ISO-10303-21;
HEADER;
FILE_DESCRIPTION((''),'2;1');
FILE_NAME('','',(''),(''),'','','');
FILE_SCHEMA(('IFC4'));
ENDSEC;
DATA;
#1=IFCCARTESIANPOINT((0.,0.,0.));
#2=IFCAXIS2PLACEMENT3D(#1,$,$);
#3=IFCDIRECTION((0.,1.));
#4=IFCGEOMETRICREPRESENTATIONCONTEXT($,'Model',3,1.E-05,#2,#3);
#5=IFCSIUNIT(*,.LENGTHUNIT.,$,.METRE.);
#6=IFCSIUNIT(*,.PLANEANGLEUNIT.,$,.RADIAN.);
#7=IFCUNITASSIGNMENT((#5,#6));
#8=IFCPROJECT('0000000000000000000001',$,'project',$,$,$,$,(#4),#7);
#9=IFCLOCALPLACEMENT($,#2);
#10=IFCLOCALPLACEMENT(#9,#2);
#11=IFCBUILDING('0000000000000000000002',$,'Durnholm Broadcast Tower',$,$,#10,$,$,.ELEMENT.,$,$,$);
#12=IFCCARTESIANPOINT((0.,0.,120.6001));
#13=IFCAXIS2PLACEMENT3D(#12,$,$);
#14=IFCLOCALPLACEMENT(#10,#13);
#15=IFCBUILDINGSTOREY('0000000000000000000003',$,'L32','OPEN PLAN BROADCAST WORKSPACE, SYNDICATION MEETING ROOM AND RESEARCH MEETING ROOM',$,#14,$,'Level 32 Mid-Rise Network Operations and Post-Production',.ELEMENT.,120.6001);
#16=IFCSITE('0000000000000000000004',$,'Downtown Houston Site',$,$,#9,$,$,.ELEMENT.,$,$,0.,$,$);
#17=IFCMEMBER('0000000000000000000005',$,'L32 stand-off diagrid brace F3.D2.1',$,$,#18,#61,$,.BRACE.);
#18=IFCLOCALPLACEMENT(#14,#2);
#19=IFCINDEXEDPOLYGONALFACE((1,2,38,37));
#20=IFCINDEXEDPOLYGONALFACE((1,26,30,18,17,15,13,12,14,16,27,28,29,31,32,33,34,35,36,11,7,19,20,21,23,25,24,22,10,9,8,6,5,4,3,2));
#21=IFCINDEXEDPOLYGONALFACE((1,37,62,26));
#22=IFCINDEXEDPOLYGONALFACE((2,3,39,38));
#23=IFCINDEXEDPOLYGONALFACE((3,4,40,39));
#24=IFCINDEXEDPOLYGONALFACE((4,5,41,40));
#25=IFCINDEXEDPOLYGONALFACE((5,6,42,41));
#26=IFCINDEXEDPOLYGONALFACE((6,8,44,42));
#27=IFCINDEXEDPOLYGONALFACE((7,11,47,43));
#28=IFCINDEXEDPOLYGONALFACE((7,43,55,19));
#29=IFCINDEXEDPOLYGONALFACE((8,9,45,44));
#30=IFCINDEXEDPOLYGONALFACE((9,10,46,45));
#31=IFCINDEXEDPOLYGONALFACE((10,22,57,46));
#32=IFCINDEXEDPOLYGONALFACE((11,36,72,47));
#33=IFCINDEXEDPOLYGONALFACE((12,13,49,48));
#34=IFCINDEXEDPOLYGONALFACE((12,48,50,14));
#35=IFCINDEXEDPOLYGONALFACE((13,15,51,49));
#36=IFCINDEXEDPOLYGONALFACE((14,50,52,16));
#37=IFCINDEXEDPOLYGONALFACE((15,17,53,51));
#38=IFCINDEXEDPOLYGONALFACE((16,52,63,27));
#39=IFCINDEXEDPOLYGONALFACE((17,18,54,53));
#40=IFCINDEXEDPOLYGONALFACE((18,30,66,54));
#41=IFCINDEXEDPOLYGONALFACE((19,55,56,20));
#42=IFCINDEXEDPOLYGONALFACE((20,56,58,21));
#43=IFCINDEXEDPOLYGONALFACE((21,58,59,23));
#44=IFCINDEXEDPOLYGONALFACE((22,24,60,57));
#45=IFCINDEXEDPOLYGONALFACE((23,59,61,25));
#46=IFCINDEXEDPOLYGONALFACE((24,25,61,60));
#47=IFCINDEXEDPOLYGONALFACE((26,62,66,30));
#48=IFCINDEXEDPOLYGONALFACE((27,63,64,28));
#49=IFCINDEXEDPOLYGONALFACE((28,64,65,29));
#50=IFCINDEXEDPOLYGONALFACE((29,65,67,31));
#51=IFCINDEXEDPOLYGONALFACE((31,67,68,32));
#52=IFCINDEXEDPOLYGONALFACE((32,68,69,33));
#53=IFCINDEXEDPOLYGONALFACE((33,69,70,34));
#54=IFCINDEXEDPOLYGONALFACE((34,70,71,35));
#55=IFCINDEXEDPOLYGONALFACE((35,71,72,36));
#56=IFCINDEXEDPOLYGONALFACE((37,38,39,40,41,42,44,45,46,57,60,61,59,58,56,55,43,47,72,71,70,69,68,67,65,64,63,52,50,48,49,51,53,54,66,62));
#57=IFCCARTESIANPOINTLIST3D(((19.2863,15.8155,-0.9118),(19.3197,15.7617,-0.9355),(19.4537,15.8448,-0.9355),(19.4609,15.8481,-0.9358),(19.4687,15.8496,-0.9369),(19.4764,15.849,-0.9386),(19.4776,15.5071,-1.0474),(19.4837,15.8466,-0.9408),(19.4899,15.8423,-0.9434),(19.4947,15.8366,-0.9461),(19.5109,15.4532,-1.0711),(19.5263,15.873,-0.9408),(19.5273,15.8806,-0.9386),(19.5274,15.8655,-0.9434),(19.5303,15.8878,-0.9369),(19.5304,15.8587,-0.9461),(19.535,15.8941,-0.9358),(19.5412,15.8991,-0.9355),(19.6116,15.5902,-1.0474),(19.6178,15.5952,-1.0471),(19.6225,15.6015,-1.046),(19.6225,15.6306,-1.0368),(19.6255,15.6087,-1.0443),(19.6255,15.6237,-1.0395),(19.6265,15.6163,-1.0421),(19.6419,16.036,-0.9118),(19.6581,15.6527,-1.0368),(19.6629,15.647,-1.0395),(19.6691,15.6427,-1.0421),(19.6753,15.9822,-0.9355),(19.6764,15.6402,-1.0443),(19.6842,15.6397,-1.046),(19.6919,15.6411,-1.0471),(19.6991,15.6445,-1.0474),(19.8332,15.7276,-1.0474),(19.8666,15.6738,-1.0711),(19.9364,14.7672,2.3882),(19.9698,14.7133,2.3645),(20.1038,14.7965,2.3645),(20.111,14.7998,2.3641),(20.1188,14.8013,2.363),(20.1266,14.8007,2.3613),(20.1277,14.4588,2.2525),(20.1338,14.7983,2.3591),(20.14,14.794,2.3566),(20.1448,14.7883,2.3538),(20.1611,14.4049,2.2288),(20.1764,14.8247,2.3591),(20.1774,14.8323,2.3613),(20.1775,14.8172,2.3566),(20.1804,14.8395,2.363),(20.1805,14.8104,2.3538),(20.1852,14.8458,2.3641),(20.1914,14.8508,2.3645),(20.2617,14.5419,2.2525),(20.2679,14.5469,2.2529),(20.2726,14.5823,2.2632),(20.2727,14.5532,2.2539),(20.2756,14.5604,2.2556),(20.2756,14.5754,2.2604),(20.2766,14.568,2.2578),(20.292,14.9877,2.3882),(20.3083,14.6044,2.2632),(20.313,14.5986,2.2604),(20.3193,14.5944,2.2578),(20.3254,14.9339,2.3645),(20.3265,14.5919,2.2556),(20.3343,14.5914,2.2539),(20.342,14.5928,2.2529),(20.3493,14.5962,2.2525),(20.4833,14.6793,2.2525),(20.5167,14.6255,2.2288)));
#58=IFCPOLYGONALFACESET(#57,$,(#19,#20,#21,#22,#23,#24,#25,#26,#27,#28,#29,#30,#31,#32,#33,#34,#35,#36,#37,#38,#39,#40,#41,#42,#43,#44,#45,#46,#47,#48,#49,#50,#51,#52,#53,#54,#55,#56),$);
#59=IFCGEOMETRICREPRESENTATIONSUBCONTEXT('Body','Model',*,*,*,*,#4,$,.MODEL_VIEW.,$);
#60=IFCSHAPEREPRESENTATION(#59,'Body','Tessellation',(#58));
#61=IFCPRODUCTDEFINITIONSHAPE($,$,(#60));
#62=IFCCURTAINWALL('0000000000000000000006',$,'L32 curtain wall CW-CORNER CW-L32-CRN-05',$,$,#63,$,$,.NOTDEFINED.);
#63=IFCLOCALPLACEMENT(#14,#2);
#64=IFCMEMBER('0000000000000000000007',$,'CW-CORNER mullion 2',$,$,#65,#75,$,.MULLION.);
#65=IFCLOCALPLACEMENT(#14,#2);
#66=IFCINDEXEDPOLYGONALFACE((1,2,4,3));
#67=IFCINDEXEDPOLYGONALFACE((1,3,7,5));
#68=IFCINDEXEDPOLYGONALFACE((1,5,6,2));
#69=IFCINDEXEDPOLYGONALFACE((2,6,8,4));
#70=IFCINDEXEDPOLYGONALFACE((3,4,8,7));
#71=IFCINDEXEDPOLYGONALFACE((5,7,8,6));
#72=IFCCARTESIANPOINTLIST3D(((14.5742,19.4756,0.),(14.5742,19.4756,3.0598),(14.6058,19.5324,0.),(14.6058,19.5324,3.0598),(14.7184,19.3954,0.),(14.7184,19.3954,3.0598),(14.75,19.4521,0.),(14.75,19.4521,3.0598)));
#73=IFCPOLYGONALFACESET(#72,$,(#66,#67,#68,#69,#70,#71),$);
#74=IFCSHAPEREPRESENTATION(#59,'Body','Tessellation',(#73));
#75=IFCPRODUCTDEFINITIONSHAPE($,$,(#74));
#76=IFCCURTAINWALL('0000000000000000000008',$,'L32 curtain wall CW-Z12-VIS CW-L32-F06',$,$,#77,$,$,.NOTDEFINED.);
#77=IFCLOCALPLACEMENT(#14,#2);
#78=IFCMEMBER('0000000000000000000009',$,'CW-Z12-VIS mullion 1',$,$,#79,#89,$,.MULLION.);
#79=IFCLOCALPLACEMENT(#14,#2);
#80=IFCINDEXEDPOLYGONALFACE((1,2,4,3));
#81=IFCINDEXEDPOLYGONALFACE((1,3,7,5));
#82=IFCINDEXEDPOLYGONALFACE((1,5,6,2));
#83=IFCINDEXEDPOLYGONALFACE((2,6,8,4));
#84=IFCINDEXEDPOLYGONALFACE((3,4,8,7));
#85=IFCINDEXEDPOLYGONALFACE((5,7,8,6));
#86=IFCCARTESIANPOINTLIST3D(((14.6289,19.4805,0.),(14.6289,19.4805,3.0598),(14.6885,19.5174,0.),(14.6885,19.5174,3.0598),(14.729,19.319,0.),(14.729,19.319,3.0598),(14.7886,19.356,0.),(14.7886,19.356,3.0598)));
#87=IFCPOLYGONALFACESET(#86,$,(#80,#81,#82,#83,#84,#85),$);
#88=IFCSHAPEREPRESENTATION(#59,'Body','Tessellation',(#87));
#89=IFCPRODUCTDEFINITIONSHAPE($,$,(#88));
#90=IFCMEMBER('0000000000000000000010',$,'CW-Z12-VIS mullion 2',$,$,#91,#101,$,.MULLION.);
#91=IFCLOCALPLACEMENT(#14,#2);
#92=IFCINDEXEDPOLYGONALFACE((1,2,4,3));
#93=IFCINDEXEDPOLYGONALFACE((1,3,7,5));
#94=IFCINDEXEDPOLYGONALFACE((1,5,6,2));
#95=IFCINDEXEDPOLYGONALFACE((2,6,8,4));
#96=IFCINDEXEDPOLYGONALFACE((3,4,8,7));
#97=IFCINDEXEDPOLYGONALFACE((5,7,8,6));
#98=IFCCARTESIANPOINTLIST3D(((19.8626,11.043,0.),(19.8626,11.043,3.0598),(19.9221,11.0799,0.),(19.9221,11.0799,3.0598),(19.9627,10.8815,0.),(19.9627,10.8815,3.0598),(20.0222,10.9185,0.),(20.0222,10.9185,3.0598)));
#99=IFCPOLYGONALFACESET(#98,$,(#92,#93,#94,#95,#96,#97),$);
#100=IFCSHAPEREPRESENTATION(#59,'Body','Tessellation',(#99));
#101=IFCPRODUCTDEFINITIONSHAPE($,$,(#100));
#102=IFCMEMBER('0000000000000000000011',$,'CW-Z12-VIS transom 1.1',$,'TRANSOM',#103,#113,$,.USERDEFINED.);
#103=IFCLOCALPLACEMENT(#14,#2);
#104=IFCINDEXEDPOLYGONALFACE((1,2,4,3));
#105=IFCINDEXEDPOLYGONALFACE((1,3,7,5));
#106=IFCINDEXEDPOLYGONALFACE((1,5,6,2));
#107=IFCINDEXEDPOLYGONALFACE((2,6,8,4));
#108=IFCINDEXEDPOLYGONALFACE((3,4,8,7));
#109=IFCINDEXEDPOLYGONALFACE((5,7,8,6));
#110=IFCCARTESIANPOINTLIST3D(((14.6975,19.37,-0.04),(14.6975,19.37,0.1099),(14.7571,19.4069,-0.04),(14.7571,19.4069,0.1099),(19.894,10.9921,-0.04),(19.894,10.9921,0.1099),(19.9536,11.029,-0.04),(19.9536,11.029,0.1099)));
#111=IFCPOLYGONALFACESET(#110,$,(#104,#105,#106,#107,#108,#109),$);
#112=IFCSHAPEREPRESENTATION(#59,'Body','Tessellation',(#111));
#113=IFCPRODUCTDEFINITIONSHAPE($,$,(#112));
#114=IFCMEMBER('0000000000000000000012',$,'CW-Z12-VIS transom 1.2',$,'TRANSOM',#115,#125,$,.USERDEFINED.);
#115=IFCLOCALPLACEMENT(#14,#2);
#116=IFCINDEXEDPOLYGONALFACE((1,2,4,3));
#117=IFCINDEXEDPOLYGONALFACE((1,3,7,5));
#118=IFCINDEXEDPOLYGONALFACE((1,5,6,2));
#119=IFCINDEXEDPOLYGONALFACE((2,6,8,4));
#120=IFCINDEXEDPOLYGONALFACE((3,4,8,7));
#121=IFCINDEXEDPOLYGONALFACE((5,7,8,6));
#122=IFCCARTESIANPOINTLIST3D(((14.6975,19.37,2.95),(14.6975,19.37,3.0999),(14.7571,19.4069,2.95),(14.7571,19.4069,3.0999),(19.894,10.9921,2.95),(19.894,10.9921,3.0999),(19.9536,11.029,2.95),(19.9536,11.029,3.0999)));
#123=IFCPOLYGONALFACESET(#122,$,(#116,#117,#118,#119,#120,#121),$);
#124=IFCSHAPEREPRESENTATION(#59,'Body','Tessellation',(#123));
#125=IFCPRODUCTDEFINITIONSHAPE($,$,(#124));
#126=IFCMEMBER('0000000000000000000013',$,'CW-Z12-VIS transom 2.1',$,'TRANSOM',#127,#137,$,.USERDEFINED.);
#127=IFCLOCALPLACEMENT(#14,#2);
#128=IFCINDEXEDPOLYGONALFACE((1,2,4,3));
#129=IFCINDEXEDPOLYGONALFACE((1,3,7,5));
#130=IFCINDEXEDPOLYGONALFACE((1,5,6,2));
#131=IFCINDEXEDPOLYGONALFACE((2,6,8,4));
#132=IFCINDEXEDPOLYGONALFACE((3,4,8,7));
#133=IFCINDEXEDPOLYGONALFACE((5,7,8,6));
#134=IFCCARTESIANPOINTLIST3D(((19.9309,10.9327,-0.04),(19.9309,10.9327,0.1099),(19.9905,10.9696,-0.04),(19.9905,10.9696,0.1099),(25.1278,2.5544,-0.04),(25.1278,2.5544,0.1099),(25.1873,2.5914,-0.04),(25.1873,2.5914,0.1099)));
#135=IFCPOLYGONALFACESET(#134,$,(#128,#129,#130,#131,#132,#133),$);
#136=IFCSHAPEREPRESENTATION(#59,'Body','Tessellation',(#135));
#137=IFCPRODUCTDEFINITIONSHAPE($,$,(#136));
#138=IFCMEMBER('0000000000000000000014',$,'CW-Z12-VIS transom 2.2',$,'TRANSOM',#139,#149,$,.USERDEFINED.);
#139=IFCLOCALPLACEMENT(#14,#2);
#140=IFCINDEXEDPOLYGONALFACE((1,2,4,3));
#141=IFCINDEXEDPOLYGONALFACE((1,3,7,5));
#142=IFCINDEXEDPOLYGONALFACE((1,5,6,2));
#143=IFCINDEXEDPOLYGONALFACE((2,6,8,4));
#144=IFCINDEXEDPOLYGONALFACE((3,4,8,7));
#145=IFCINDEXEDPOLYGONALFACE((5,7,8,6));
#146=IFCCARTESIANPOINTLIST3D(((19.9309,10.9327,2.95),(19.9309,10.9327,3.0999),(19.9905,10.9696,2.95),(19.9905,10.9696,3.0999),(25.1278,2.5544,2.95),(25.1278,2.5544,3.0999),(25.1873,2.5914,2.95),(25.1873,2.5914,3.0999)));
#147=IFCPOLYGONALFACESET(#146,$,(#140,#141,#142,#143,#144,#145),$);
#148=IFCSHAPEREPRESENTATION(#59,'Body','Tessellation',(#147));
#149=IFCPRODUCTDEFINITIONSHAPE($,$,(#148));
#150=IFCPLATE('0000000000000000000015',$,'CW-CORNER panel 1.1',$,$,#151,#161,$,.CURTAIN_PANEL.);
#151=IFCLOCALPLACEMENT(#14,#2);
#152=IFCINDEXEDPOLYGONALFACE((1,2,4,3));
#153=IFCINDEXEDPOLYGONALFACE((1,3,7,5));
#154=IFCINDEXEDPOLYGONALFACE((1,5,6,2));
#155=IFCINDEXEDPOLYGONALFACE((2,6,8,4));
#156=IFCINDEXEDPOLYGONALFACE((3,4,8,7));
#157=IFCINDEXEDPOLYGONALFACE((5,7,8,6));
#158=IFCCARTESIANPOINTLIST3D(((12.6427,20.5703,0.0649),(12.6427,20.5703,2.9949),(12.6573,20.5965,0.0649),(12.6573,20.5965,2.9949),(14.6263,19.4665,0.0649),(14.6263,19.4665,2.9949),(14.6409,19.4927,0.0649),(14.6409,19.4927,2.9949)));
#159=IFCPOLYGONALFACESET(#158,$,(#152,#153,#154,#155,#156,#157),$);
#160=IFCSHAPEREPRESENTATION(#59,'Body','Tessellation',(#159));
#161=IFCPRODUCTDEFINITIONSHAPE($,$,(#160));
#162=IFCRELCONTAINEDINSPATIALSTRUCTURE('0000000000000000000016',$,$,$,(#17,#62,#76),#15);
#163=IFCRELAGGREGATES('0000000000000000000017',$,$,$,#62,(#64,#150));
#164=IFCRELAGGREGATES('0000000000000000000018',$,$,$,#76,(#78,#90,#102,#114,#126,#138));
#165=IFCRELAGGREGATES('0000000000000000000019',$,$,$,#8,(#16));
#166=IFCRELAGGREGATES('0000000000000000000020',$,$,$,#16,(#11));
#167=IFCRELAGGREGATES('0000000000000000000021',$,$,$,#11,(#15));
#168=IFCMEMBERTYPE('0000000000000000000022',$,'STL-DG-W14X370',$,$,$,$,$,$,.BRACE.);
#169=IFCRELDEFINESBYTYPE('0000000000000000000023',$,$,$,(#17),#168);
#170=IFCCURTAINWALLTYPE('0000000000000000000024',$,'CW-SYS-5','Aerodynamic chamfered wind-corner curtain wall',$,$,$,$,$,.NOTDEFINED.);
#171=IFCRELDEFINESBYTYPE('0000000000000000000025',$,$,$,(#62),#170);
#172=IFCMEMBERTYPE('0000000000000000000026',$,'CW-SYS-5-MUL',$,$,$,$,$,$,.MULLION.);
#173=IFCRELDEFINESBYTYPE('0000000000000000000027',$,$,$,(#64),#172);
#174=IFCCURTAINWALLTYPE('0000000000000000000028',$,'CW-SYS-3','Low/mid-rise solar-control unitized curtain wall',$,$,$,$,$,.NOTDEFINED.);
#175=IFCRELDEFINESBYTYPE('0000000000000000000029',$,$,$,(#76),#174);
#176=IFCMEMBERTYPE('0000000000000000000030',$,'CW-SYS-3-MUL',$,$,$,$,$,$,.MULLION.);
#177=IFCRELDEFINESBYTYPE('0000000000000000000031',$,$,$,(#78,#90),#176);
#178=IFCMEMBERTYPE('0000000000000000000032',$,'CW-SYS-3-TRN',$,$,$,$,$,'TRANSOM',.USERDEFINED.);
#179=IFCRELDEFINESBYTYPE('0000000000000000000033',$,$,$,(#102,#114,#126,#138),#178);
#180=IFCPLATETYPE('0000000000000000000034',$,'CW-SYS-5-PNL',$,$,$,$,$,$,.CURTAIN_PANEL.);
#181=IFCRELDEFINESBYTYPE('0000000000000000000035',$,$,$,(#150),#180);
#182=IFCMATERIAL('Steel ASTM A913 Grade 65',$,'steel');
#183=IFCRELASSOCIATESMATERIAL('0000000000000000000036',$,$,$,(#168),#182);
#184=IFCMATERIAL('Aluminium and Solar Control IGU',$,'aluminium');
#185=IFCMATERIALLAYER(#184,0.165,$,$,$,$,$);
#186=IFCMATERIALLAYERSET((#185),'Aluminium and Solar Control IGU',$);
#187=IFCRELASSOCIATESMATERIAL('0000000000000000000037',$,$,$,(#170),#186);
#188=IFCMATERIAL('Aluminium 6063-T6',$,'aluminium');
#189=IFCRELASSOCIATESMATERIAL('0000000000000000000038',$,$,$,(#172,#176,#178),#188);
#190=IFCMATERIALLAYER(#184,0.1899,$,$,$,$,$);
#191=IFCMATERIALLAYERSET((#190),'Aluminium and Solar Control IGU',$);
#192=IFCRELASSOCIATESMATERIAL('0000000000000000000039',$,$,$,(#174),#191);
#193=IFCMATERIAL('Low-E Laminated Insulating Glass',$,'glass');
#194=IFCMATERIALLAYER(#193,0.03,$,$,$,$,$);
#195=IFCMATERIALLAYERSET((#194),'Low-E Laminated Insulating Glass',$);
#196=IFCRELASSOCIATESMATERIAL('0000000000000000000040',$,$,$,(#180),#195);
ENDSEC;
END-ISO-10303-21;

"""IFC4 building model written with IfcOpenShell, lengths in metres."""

from ifc_helpers import new_model, si_unit, direction, frame, origin, origin_2d, place, context, subcontext, project, spatial, rectangle, i_section, extrude, source, transform, mapped, material, layer, layer_set, material_profile, profile_set, type_object, type_shapes, element, aggregate, save


model = new_model("IFC4")

# Units and contexts
model_context = context("Model", 3, precision=1e-05, world=origin(), true_north=direction((0.0, 1.0)))
body_context = subcontext(model_context, "Body", "Model", "MODEL_VIEW")
ifc_project = project(units=[si_unit("LENGTHUNIT", "METRE"), si_unit("PLANEANGLEUNIT", "RADIAN")], contexts=[model_context])

# Site, building, storey
site_placement = place(None, origin())
site = spatial("IfcSite", under=ifc_project, at=site_placement, Name="Downtown Houston Site", CompositionType="ELEMENT", RefElevation=0.0)
building_placement = place(site_placement, origin())
building = spatial("IfcBuilding", under=site, at=building_placement, Name="Durnholm Broadcast Tower", CompositionType="ELEMENT")
storey_placement = place(building_placement, frame((0.0, 0.0, 120.6001)))
storey = spatial("IfcBuildingStorey", under=building, at=storey_placement, Name="L32", Description="OPEN PLAN BROADCAST WORKSPACE, SYNDICATION MEETING ROOM AND RESEARCH MEETING ROOM", LongName="Level 32 Mid-Rise Network Operations and Post-Production", CompositionType="ELEMENT", Elevation=120.6001)

# Member
ifc_material_1 = material(Name="Steel ASTM A913 Grade 65", Category="steel")
ifc_material_profile_1 = material_profile(ifc_material_1, i_section(OverallWidth=0.4185, OverallDepth=0.4551, WebThickness=0.042, FlangeThickness=0.0676, FilletRadius=0.0305, at=origin_2d()), Name="W14X370")
ifc_profile_set_1 = profile_set([ifc_material_profile_1], Name="Steel ASTM A913 Grade 65")
member_type_1 = type_object("IfcMemberType", Name="STL-DG-W14X370", PredefinedType="BRACE", material=ifc_profile_set_1)
shared_shape_1 = source(origin(), body_context, "Body", "SweptSolid", [
    extrude(i_section(OverallWidth=0.4185, OverallDepth=0.4551, WebThickness=0.042, FlangeThickness=0.0676, FilletRadius=0.0305, at=origin_2d()), origin(), (0.0, 0.0, 1.0), 3.5229),
])
member_1_placement = place(storey_placement, frame((19.5764, 15.7446, -0.9915), z_axis=(0.18454, -0.297564, 0.936697), x_axis=(0.849839, 0.527043, 0.0)))
element("IfcMember", 1, at=member_1_placement, inside=storey, type_object=member_type_1, Name="L32 stand-off diagrid brace F3.D2.1", PredefinedType="BRACE", context=body_context, shape_type="MappedRepresentation", body=[
    mapped(shared_shape_1, transform((0.0, 0.0, 0.0), x_axis=(1.0, 0.0, 0.0), y_axis=(0.0, 1.0, 0.0), z_axis=(0.0, 0.0, 1.0), scale=1.0)),
])

# Curtain wall, member
ifc_material_2 = material(Name="Aluminium and Solar Control IGU", Category="aluminium")
ifc_layer_1 = layer(ifc_material_2, 0.165)
ifc_layer_set_1 = layer_set([ifc_layer_1], Name="Aluminium and Solar Control IGU")
curtain_wall_type_1 = type_object("IfcCurtainWallType", Name="CW-SYS-5", Description="Aerodynamic chamfered wind-corner curtain wall", PredefinedType="NOTDEFINED", material=ifc_layer_set_1)
curtain_wall_1_placement = place(storey_placement, origin())
curtain_wall_1 = element("IfcCurtainWall", 2, at=curtain_wall_1_placement, inside=storey, type_object=curtain_wall_type_1, Name="L32 curtain wall CW-CORNER CW-L32-CRN-05", PredefinedType="NOTDEFINED")
ifc_material_3 = material(Name="Aluminium 6063-T6", Category="aluminium")
ifc_material_profile_2 = material_profile(ifc_material_3, rectangle(XDim=0.0649, YDim=0.165, at=origin_2d()), Name="CWM65X165")
ifc_profile_set_2 = profile_set([ifc_material_profile_2], Name="Aluminium 6063-T6")
member_type_2 = type_object("IfcMemberType", Name="CW-SYS-5-MUL", PredefinedType="MULLION", material=ifc_profile_set_2)
shared_shape_2 = source(origin(), body_context, "Body", "SweptSolid", [
    extrude(rectangle(XDim=0.0649, YDim=0.165, at=origin_2d()), origin(), (0.0, 0.0, 1.0), 3.0598),
])
type_shapes(member_type_2, [shared_shape_2])
member_2_placement = place(storey_placement, frame((14.6621, 19.4639, 0.0), z_axis=(0.0, 0.0, 1.0), x_axis=(0.486244, 0.873823, 0.0)))
member_2 = element("IfcMember", 3, at=member_2_placement, type_object=member_type_2, Name="CW-CORNER mullion 2", PredefinedType="MULLION", context=body_context, shape_type="MappedRepresentation", body=[
    mapped(shared_shape_2, transform((0.0, 0.0, 0.0), x_axis=(1.0, 0.0, 0.0), y_axis=(0.0, 1.0, 0.0), z_axis=(0.0, 0.0, 1.0), scale=1.0)),
])

# Curtain wall, members
ifc_layer_2 = layer(ifc_material_2, 0.1899)
ifc_layer_set_2 = layer_set([ifc_layer_2], Name="Aluminium and Solar Control IGU")
curtain_wall_type_2 = type_object("IfcCurtainWallType", Name="CW-SYS-3", Description="Low/mid-rise solar-control unitized curtain wall", PredefinedType="NOTDEFINED", material=ifc_layer_set_2)
curtain_wall_2_placement = place(storey_placement, origin())
curtain_wall_2 = element("IfcCurtainWall", 4, at=curtain_wall_2_placement, inside=storey, type_object=curtain_wall_type_2, Name="L32 curtain wall CW-Z12-VIS CW-L32-F06", PredefinedType="NOTDEFINED")
ifc_material_profile_3 = material_profile(ifc_material_3, rectangle(XDim=0.0701, YDim=0.1899, at=origin_2d()), Name="CWM70X190")
ifc_profile_set_3 = profile_set([ifc_material_profile_3], Name="Aluminium 6063-T6")
member_type_3 = type_object("IfcMemberType", Name="CW-SYS-3-MUL", PredefinedType="MULLION", material=ifc_profile_set_3)
shared_shape_3 = source(origin(), body_context, "Body", "SweptSolid", [
    extrude(rectangle(XDim=0.0701, YDim=0.1899, at=origin_2d()), origin(), (0.0, 0.0, 1.0), 3.0598),
])
type_shapes(member_type_3, [shared_shape_3])
member_3_placement = place(storey_placement, frame((14.7087, 19.4182, 0.0), z_axis=(0.0, 0.0, 1.0), x_axis=(0.8498, 0.527105, 0.0)))
member_3 = element("IfcMember", 5, at=member_3_placement, type_object=member_type_3, Name="CW-Z12-VIS mullion 1", PredefinedType="MULLION", context=body_context, shape_type="MappedRepresentation", body=[
    mapped(shared_shape_3, transform((0.0, 0.0, 0.0), x_axis=(1.0, 0.0, 0.0), y_axis=(0.0, 1.0, 0.0), z_axis=(0.0, 0.0, 1.0), scale=1.0)),
])
member_4_placement = place(storey_placement, frame((19.9424, 10.9807, 0.0), z_axis=(0.0, 0.0, 1.0), x_axis=(0.8498, 0.527105, 0.0)))
member_4 = element("IfcMember", 6, at=member_4_placement, type_object=member_type_3, Name="CW-Z12-VIS mullion 2", PredefinedType="MULLION", context=body_context, shape_type="MappedRepresentation", body=[
    mapped(shared_shape_3, transform((0.0, 0.0, 0.0), x_axis=(1.0, 0.0, 0.0), y_axis=(0.0, 1.0, 0.0), z_axis=(0.0, 0.0, 1.0), scale=1.0)),
])
ifc_material_profile_4 = material_profile(ifc_material_3, rectangle(XDim=0.0701, YDim=0.1499, at=origin_2d()), Name="CWT70X150")
ifc_profile_set_4 = profile_set([ifc_material_profile_4], Name="Aluminium 6063-T6")
member_type_4 = type_object("IfcMemberType", Name="CW-SYS-3-TRN", ElementType="TRANSOM", PredefinedType="USERDEFINED", material=ifc_profile_set_4)
shared_shape_4 = source(origin(), body_context, "Body", "SweptSolid", [
    extrude(rectangle(XDim=0.0701, YDim=0.1499, at=origin_2d()), origin(), (0.0, 0.0, 1.0), 9.8586),
])
member_5_placement = place(storey_placement, frame((14.7273, 19.3884, 0.0349), z_axis=(0.527102, -0.849802, 0.0), x_axis=(0.849802, 0.527102, 0.0)))
member_5 = element("IfcMember", 7, at=member_5_placement, type_object=member_type_4, Name="CW-Z12-VIS transom 1.1", ObjectType="TRANSOM", PredefinedType="USERDEFINED", context=body_context, shape_type="MappedRepresentation", body=[
    mapped(shared_shape_4, transform((0.0, 0.0, 0.0), x_axis=(1.0, 0.0, 0.0), y_axis=(0.0, 1.0, 0.0), z_axis=(0.0, 0.0, 1.0), scale=1.0)),
])
member_6_placement = place(storey_placement, frame((14.7273, 19.3884, 3.0249), z_axis=(0.527102, -0.849802, 0.0), x_axis=(0.849802, 0.527102, 0.0)))
member_6 = element("IfcMember", 8, at=member_6_placement, type_object=member_type_4, Name="CW-Z12-VIS transom 1.2", ObjectType="TRANSOM", PredefinedType="USERDEFINED", context=body_context, shape_type="MappedRepresentation", body=[
    mapped(shared_shape_4, transform((0.0, 0.0, 0.0), x_axis=(1.0, 0.0, 0.0), y_axis=(0.0, 1.0, 0.0), z_axis=(0.0, 0.0, 1.0), scale=1.0)),
])
shared_shape_5 = source(origin(), body_context, "Body", "SweptSolid", [
    extrude(rectangle(XDim=0.0701, YDim=0.1499, at=origin_2d()), origin(), (0.0, 0.0, 1.0), 9.8591),
])
type_shapes(member_type_4, [shared_shape_4, shared_shape_5])
member_7_placement = place(storey_placement, frame((19.9607, 10.9512, 0.0349), z_axis=(0.527109, -0.849798, 0.0), x_axis=(0.849798, 0.527109, 0.0)))
member_7 = element("IfcMember", 9, at=member_7_placement, type_object=member_type_4, Name="CW-Z12-VIS transom 2.1", ObjectType="TRANSOM", PredefinedType="USERDEFINED", context=body_context, shape_type="MappedRepresentation", body=[
    mapped(shared_shape_5, transform((0.0, 0.0, 0.0), x_axis=(1.0, 0.0, 0.0), y_axis=(0.0, 1.0, 0.0), z_axis=(0.0, 0.0, 1.0), scale=1.0)),
])
member_8_placement = place(storey_placement, frame((19.9607, 10.9512, 3.0249), z_axis=(0.527109, -0.849798, 0.0), x_axis=(0.849798, 0.527109, 0.0)))
member_8 = element("IfcMember", 10, at=member_8_placement, type_object=member_type_4, Name="CW-Z12-VIS transom 2.2", ObjectType="TRANSOM", PredefinedType="USERDEFINED", context=body_context, shape_type="MappedRepresentation", body=[
    mapped(shared_shape_5, transform((0.0, 0.0, 0.0), x_axis=(1.0, 0.0, 0.0), y_axis=(0.0, 1.0, 0.0), z_axis=(0.0, 0.0, 1.0), scale=1.0)),
])

# Plate
ifc_material_4 = material(Name="Low-E Laminated Insulating Glass", Category="glass")
ifc_layer_3 = layer(ifc_material_4, 0.03)
ifc_layer_set_3 = layer_set([ifc_layer_3], Name="Low-E Laminated Insulating Glass")
plate_type_1 = type_object("IfcPlateType", Name="CW-SYS-5-PNL", PredefinedType="CURTAIN_PANEL", material=ifc_layer_set_3)
shared_shape_6 = source(origin(), body_context, "Body", "SweptSolid", [
    extrude(rectangle(XDim=2.27, YDim=0.03, at=origin_2d()), origin(), (0.0, 0.0, 1.0), 2.9299),
])
type_shapes(plate_type_1, [shared_shape_6])
plate_1_placement = place(storey_placement, frame((13.6418, 20.0315, 0.0649), z_axis=(0.0, 0.0, 1.0), x_axis=(0.873823, -0.486244, 0.0)))
plate_1 = element("IfcPlate", 11, at=plate_1_placement, type_object=plate_type_1, Name="CW-CORNER panel 1.1", PredefinedType="CURTAIN_PANEL", context=body_context, shape_type="MappedRepresentation", body=[
    mapped(shared_shape_6, transform((0.0, 0.0, 0.0), x_axis=(1.0, 0.0, 0.0), y_axis=(0.0, 1.0, 0.0), z_axis=(0.0, 0.0, 1.0), scale=1.0)),
])
aggregate(curtain_wall_1, [member_2, plate_1])
aggregate(curtain_wall_2, [member_3, member_4, member_5, member_6, member_7, member_8])

save(model, "model.ifc")
